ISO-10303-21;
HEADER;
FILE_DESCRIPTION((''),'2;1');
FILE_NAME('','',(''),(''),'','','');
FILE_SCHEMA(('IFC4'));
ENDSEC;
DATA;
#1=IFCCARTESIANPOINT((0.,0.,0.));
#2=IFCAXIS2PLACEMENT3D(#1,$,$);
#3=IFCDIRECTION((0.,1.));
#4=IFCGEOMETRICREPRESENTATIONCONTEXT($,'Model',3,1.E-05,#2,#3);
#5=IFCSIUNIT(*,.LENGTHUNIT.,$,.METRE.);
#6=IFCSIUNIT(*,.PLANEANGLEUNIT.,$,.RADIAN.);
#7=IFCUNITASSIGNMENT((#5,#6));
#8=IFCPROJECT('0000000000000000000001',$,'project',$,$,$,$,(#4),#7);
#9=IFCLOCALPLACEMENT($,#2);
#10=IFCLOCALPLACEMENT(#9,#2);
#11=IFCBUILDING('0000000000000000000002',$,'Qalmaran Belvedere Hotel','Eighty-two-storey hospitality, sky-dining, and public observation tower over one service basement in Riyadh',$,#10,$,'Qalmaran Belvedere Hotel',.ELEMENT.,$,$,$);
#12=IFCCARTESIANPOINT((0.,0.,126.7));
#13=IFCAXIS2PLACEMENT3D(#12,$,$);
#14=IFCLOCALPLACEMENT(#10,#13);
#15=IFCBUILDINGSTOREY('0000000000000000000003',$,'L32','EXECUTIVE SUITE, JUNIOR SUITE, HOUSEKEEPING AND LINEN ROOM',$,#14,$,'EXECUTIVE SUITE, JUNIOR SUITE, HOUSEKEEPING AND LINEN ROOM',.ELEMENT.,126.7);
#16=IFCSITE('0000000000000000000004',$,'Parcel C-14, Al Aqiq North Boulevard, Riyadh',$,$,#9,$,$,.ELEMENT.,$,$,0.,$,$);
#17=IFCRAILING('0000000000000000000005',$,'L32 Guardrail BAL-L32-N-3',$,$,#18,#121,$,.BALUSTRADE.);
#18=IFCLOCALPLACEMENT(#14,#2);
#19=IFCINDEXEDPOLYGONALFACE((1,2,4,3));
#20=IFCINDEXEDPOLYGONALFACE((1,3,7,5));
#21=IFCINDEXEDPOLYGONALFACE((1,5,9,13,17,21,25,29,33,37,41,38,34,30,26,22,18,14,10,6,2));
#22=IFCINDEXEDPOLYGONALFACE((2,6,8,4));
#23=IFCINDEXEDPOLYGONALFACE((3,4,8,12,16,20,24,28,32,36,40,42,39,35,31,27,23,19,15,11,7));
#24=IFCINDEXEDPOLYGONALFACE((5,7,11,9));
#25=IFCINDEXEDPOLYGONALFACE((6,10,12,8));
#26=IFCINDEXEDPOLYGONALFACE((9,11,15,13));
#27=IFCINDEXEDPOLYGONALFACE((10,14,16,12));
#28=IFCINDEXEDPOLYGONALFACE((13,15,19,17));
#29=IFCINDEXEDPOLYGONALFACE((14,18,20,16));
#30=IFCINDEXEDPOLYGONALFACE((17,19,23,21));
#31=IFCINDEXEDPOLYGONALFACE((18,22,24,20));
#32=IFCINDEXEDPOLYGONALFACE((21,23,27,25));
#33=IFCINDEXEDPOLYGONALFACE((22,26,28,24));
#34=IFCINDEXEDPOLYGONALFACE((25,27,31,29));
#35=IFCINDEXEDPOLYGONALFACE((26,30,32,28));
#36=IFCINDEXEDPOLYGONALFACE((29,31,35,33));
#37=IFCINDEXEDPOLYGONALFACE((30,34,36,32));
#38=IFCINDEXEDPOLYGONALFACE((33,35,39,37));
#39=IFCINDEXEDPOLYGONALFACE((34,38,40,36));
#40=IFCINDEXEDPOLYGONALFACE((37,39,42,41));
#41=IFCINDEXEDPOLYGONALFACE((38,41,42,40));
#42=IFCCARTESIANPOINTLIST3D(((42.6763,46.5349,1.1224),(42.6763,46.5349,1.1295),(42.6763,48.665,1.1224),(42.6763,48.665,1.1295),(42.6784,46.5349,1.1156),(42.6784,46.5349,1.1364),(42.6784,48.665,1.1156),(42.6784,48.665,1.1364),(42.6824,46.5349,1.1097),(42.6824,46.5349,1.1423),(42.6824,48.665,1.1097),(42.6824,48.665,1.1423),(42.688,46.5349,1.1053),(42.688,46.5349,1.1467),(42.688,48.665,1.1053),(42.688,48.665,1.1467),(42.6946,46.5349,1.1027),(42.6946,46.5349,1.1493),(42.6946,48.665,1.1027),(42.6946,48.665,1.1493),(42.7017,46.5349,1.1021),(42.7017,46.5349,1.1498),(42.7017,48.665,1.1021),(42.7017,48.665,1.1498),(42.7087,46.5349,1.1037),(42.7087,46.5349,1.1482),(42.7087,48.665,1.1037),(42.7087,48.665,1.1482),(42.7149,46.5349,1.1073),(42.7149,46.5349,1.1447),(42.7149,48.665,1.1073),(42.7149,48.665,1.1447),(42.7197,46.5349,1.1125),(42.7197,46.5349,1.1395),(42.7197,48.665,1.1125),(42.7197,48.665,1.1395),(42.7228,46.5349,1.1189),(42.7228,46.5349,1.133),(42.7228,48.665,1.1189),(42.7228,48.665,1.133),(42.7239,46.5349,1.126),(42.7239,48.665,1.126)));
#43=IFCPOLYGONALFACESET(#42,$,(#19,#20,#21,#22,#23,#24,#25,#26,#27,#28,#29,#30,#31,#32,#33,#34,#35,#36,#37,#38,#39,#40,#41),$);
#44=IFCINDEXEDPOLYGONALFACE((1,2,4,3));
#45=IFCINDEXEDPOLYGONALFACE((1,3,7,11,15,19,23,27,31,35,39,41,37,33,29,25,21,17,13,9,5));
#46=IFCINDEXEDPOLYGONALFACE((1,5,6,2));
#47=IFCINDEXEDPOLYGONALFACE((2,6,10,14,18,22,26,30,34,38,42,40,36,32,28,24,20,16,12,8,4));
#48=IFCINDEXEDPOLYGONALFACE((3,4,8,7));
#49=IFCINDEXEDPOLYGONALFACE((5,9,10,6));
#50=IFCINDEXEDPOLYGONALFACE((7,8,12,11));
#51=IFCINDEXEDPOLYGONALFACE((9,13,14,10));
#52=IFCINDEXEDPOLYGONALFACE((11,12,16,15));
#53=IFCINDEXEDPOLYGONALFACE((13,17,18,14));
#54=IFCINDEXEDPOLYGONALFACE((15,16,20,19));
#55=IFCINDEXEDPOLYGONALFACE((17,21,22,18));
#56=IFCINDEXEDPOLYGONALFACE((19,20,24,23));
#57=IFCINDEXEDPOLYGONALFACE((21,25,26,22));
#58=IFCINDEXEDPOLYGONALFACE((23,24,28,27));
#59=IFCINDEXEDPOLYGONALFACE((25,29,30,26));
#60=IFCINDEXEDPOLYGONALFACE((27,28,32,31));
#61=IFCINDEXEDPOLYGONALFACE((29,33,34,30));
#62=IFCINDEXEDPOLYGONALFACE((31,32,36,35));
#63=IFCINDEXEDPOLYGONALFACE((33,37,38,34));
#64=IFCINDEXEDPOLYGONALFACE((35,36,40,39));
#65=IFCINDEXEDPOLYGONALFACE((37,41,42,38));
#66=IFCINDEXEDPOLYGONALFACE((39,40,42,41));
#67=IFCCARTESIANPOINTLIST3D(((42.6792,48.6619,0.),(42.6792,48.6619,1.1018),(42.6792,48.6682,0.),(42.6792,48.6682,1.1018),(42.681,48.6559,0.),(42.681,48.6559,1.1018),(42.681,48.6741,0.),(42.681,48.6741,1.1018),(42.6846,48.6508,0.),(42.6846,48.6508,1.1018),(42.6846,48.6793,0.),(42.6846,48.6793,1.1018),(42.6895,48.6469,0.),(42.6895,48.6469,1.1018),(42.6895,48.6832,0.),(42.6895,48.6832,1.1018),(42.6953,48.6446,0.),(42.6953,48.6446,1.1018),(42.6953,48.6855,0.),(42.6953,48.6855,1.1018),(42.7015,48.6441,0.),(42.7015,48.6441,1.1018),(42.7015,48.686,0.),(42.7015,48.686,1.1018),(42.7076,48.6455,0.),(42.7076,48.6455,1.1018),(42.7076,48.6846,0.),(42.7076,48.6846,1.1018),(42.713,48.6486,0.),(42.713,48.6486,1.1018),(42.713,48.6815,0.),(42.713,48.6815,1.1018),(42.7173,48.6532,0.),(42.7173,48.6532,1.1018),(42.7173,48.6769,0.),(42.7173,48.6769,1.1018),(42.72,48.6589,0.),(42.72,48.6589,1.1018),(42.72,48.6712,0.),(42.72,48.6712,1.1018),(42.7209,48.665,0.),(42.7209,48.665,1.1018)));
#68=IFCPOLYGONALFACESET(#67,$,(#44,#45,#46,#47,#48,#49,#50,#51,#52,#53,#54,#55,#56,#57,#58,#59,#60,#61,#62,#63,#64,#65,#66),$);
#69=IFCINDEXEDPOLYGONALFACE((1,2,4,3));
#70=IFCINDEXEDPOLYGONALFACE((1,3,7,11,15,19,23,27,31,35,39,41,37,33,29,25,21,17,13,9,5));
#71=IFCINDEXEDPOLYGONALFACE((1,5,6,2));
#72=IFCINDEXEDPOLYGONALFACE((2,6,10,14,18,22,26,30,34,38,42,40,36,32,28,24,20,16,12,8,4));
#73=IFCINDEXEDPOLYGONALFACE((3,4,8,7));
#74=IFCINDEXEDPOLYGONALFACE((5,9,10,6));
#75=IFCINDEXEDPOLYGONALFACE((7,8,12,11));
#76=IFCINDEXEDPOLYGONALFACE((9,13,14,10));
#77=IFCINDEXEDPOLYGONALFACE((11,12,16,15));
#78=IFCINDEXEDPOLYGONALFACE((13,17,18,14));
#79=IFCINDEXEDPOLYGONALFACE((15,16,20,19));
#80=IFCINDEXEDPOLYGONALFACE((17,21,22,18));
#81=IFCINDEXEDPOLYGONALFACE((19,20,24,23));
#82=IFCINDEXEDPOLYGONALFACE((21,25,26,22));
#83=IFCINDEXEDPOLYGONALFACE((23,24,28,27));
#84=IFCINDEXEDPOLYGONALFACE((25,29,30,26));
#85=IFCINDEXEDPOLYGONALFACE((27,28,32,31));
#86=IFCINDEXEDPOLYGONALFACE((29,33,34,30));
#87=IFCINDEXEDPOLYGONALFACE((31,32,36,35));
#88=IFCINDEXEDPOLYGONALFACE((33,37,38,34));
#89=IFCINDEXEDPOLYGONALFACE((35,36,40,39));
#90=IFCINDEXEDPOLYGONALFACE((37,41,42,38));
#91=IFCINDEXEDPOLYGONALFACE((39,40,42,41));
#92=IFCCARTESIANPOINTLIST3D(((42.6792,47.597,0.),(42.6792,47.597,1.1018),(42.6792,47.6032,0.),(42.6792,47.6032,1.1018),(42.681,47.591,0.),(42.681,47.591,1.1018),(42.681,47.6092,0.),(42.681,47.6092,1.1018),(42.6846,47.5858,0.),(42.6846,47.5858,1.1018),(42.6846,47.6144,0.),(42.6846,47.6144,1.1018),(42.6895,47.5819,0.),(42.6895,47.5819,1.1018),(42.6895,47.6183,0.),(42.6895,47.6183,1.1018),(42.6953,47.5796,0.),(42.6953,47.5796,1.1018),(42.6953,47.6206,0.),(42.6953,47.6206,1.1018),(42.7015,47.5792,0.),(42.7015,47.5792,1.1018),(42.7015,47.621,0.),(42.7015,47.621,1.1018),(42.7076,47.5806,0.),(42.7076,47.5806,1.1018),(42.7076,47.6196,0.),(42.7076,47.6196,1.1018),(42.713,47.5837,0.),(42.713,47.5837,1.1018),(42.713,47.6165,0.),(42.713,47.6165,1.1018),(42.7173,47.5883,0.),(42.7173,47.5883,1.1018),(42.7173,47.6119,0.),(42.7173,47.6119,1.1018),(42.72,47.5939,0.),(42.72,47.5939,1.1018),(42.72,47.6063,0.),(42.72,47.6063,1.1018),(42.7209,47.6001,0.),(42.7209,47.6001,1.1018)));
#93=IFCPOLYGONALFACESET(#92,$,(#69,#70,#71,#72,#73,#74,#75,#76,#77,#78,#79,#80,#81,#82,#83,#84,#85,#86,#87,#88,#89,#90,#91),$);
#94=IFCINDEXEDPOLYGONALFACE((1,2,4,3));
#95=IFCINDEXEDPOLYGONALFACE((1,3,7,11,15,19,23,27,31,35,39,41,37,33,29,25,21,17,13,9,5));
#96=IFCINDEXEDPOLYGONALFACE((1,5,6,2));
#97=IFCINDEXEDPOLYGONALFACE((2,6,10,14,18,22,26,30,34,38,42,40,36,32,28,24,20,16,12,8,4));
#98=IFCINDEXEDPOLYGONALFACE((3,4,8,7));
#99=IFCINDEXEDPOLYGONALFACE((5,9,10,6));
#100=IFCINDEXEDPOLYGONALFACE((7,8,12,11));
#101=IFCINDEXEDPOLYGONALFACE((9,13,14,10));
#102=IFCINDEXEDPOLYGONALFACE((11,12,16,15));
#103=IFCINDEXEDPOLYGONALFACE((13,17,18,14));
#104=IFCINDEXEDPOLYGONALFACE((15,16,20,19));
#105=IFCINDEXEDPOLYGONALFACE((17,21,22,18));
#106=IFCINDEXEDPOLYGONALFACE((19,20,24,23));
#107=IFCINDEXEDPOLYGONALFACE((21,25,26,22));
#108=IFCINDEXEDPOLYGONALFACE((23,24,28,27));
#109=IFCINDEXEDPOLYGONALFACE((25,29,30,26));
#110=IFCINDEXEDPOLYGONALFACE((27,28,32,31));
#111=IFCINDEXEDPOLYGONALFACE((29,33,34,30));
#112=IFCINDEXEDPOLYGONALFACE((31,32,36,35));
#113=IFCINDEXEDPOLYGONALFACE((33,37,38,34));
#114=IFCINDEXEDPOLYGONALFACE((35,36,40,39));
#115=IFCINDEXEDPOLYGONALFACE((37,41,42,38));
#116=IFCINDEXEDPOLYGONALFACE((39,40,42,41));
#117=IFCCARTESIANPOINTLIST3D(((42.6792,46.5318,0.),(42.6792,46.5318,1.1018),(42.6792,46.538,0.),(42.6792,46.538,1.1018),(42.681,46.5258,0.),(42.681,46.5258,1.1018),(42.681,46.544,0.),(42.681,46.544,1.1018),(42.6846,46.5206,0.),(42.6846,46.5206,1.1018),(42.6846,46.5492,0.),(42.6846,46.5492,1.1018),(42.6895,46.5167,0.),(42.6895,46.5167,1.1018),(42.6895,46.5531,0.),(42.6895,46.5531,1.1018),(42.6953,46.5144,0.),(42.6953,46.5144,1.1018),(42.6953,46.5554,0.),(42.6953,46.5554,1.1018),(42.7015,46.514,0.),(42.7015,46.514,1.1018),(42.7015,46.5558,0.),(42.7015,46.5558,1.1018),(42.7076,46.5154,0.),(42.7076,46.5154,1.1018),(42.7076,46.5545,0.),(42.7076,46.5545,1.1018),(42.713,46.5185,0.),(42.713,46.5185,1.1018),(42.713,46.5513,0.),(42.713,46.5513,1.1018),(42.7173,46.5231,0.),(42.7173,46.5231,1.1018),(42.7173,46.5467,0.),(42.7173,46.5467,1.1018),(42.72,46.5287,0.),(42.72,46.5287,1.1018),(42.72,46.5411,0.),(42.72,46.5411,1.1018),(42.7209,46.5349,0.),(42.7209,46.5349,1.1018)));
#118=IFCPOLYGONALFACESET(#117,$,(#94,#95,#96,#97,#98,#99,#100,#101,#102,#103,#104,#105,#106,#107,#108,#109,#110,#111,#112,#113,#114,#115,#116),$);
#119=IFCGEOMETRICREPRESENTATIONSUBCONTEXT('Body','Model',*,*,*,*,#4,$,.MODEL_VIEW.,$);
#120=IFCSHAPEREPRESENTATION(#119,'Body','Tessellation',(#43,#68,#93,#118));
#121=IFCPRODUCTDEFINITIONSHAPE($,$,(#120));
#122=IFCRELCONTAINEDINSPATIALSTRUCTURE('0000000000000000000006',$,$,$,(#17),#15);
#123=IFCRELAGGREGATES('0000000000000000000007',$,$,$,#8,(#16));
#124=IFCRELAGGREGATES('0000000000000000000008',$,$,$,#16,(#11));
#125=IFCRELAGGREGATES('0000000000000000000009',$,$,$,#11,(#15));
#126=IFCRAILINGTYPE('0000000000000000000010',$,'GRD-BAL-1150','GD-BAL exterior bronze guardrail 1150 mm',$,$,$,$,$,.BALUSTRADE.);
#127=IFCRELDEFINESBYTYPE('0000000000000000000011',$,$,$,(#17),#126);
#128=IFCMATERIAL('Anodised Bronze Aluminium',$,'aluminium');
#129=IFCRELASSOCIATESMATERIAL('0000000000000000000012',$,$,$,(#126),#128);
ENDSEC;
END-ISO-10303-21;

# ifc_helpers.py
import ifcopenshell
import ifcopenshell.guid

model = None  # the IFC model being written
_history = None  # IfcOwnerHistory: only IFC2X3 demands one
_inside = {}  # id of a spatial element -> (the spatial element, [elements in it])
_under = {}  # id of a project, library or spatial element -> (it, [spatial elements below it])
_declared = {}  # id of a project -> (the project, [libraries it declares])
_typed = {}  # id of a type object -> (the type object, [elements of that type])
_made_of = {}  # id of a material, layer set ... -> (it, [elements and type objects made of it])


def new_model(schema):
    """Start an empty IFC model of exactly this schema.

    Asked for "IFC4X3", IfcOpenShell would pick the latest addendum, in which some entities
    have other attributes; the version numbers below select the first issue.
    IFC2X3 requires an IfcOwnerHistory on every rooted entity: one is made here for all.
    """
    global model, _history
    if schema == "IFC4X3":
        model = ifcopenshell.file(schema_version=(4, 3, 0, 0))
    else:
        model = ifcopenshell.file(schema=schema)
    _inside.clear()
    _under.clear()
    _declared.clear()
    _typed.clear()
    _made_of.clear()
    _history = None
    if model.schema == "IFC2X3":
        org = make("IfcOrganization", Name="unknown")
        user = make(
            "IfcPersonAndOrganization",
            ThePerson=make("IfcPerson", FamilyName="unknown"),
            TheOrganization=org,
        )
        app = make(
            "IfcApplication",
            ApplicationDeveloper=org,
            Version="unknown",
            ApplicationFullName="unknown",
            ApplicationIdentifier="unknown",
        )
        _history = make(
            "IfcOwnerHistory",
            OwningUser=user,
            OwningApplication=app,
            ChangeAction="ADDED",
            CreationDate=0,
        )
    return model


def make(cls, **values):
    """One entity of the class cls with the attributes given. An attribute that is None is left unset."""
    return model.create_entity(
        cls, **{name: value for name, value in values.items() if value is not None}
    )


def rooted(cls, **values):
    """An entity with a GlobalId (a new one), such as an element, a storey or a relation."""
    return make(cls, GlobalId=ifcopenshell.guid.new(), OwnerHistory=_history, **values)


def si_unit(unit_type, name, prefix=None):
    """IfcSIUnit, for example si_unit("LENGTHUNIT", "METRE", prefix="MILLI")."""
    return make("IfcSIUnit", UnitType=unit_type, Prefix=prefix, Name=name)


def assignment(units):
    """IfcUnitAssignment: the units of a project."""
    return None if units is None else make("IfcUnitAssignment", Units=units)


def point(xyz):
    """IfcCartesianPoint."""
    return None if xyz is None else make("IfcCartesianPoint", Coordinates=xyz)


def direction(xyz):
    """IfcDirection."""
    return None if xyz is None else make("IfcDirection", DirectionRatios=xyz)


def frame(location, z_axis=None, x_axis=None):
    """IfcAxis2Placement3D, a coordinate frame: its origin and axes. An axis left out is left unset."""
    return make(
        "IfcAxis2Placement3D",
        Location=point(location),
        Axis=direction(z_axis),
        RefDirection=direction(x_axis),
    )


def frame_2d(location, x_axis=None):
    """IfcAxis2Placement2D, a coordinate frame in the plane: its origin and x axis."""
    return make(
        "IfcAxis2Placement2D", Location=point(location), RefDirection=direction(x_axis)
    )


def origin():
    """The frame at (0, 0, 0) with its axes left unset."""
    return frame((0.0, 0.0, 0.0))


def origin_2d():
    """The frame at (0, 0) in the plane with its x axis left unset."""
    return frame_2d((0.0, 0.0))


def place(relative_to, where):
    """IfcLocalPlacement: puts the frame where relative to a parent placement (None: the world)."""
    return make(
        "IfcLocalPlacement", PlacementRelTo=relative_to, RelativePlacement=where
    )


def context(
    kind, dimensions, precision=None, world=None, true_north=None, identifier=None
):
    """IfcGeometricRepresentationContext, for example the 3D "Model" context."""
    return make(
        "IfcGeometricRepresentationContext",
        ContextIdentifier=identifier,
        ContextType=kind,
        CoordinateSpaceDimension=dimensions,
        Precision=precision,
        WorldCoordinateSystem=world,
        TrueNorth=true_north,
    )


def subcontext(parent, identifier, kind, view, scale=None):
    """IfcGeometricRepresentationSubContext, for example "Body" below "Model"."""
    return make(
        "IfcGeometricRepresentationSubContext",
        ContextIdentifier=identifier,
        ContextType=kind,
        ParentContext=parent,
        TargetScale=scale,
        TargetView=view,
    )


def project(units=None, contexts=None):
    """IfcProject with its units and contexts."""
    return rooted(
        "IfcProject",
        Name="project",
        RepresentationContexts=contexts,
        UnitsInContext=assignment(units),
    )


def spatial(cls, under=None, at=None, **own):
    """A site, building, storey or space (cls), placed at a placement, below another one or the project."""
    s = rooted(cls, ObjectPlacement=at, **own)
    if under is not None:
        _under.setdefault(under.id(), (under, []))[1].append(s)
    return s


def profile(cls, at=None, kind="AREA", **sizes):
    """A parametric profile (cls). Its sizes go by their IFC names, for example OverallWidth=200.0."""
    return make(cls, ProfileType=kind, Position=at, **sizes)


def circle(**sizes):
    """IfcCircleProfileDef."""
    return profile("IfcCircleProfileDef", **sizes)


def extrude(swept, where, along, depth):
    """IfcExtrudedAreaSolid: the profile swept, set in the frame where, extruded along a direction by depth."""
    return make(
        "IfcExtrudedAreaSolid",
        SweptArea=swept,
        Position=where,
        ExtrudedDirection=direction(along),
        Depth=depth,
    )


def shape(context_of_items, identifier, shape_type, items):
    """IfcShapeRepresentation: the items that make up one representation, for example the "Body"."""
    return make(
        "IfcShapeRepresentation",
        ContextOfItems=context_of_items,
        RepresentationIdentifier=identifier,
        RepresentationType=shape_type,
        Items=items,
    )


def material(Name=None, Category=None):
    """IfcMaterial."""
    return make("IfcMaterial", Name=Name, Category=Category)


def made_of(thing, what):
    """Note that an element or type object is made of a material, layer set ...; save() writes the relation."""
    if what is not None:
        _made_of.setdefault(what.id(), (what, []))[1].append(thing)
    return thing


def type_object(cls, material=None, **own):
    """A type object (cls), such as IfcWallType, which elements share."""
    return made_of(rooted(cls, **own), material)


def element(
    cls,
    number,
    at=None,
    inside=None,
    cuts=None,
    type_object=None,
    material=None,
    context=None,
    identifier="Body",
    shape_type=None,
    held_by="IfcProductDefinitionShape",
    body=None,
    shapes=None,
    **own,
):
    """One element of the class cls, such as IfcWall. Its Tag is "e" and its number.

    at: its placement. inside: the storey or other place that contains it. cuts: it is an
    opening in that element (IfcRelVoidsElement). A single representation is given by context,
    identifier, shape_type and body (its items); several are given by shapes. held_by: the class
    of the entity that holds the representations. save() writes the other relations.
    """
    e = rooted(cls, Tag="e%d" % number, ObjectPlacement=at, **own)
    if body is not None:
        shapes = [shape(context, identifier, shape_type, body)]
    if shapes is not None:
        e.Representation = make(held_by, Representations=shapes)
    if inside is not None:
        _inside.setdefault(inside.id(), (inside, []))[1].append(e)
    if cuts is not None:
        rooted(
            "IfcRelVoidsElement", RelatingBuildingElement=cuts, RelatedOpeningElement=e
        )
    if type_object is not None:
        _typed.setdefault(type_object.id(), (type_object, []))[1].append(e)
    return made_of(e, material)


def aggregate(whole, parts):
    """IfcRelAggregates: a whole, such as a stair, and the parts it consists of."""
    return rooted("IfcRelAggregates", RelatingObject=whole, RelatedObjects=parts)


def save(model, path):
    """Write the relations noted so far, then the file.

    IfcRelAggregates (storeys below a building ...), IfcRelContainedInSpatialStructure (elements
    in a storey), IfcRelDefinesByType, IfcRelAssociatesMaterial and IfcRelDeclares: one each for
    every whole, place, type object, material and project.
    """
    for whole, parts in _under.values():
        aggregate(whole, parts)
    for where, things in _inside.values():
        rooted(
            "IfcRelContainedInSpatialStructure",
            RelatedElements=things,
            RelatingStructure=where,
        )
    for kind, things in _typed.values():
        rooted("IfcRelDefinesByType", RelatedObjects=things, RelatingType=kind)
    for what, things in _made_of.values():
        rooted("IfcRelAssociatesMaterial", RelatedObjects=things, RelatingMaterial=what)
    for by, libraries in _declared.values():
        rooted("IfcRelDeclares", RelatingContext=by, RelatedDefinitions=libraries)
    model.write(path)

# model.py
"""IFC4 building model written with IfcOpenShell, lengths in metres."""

from ifc_helpers import new_model, si_unit, direction, frame, origin, origin_2d, place, context, subcontext, project, spatial, circle, extrude, material, type_object, element, save


model = new_model("IFC4")

# Units and contexts
model_context = context("Model", 3, precision=1e-05, world=origin(), true_north=direction((0.0, 1.0)))
body_context = subcontext(model_context, "Body", "Model", "MODEL_VIEW")
ifc_project = project(units=[si_unit("LENGTHUNIT", "METRE"), si_unit("PLANEANGLEUNIT", "RADIAN")], contexts=[model_context])

# Site, building, storey
site_placement = place(None, origin())
site = spatial("IfcSite", under=ifc_project, at=site_placement, Name="Parcel C-14, Al Aqiq North Boulevard, Riyadh", CompositionType="ELEMENT", RefElevation=0.0)
building_placement = place(site_placement, origin())
building = spatial("IfcBuilding", under=site, at=building_placement, Name="Qalmaran Belvedere Hotel", Description="Eighty-two-storey hospitality, sky-dining, and public observation tower over one service basement in Riyadh", LongName="Qalmaran Belvedere Hotel", CompositionType="ELEMENT")
storey_placement = place(building_placement, frame((0.0, 0.0, 126.7)))
storey = spatial("IfcBuildingStorey", under=building, at=storey_placement, Name="L32", Description="EXECUTIVE SUITE, JUNIOR SUITE, HOUSEKEEPING AND LINEN ROOM", LongName="EXECUTIVE SUITE, JUNIOR SUITE, HOUSEKEEPING AND LINEN ROOM", CompositionType="ELEMENT", Elevation=126.7)

# Shared definitions
ifc_material_1 = material(Name="Anodised Bronze Aluminium", Category="aluminium")

# Railing
railing_type = type_object("IfcRailingType", Name="GRD-BAL-1150", Description="GD-BAL exterior bronze guardrail 1150 mm", PredefinedType="BALUSTRADE", material=ifc_material_1)
railing_1_placement = place(storey_placement, frame((42.7, 48.665, 0.0)))
element("IfcRailing", 1, at=railing_1_placement, inside=storey, type_object=railing_type, Name="L32 Guardrail BAL-L32-N-3", PredefinedType="BALUSTRADE", context=body_context, shape_type="SweptSolid", body=[
    extrude(circle(Radius=0.0239, at=origin_2d()), frame((0.0, 0.0, 1.126), z_axis=(0.0, -1.0, 0.0), x_axis=(1.0, 0.0, 0.0)), (0.0, 0.0, 1.0), 2.1301),
    extrude(circle(Radius=0.021, at=origin_2d()), origin(), (0.0, 0.0, 1.0), 1.1018),
    extrude(circle(Radius=0.021, at=origin_2d()), frame((0.0, -1.0649, 0.0)), (0.0, 0.0, 1.0), 1.1018),
    extrude(circle(Radius=0.021, at=origin_2d()), frame((0.0, -2.1301, 0.0)), (0.0, 0.0, 1.0), 1.1018),
])

save(model, "model.ifc")
